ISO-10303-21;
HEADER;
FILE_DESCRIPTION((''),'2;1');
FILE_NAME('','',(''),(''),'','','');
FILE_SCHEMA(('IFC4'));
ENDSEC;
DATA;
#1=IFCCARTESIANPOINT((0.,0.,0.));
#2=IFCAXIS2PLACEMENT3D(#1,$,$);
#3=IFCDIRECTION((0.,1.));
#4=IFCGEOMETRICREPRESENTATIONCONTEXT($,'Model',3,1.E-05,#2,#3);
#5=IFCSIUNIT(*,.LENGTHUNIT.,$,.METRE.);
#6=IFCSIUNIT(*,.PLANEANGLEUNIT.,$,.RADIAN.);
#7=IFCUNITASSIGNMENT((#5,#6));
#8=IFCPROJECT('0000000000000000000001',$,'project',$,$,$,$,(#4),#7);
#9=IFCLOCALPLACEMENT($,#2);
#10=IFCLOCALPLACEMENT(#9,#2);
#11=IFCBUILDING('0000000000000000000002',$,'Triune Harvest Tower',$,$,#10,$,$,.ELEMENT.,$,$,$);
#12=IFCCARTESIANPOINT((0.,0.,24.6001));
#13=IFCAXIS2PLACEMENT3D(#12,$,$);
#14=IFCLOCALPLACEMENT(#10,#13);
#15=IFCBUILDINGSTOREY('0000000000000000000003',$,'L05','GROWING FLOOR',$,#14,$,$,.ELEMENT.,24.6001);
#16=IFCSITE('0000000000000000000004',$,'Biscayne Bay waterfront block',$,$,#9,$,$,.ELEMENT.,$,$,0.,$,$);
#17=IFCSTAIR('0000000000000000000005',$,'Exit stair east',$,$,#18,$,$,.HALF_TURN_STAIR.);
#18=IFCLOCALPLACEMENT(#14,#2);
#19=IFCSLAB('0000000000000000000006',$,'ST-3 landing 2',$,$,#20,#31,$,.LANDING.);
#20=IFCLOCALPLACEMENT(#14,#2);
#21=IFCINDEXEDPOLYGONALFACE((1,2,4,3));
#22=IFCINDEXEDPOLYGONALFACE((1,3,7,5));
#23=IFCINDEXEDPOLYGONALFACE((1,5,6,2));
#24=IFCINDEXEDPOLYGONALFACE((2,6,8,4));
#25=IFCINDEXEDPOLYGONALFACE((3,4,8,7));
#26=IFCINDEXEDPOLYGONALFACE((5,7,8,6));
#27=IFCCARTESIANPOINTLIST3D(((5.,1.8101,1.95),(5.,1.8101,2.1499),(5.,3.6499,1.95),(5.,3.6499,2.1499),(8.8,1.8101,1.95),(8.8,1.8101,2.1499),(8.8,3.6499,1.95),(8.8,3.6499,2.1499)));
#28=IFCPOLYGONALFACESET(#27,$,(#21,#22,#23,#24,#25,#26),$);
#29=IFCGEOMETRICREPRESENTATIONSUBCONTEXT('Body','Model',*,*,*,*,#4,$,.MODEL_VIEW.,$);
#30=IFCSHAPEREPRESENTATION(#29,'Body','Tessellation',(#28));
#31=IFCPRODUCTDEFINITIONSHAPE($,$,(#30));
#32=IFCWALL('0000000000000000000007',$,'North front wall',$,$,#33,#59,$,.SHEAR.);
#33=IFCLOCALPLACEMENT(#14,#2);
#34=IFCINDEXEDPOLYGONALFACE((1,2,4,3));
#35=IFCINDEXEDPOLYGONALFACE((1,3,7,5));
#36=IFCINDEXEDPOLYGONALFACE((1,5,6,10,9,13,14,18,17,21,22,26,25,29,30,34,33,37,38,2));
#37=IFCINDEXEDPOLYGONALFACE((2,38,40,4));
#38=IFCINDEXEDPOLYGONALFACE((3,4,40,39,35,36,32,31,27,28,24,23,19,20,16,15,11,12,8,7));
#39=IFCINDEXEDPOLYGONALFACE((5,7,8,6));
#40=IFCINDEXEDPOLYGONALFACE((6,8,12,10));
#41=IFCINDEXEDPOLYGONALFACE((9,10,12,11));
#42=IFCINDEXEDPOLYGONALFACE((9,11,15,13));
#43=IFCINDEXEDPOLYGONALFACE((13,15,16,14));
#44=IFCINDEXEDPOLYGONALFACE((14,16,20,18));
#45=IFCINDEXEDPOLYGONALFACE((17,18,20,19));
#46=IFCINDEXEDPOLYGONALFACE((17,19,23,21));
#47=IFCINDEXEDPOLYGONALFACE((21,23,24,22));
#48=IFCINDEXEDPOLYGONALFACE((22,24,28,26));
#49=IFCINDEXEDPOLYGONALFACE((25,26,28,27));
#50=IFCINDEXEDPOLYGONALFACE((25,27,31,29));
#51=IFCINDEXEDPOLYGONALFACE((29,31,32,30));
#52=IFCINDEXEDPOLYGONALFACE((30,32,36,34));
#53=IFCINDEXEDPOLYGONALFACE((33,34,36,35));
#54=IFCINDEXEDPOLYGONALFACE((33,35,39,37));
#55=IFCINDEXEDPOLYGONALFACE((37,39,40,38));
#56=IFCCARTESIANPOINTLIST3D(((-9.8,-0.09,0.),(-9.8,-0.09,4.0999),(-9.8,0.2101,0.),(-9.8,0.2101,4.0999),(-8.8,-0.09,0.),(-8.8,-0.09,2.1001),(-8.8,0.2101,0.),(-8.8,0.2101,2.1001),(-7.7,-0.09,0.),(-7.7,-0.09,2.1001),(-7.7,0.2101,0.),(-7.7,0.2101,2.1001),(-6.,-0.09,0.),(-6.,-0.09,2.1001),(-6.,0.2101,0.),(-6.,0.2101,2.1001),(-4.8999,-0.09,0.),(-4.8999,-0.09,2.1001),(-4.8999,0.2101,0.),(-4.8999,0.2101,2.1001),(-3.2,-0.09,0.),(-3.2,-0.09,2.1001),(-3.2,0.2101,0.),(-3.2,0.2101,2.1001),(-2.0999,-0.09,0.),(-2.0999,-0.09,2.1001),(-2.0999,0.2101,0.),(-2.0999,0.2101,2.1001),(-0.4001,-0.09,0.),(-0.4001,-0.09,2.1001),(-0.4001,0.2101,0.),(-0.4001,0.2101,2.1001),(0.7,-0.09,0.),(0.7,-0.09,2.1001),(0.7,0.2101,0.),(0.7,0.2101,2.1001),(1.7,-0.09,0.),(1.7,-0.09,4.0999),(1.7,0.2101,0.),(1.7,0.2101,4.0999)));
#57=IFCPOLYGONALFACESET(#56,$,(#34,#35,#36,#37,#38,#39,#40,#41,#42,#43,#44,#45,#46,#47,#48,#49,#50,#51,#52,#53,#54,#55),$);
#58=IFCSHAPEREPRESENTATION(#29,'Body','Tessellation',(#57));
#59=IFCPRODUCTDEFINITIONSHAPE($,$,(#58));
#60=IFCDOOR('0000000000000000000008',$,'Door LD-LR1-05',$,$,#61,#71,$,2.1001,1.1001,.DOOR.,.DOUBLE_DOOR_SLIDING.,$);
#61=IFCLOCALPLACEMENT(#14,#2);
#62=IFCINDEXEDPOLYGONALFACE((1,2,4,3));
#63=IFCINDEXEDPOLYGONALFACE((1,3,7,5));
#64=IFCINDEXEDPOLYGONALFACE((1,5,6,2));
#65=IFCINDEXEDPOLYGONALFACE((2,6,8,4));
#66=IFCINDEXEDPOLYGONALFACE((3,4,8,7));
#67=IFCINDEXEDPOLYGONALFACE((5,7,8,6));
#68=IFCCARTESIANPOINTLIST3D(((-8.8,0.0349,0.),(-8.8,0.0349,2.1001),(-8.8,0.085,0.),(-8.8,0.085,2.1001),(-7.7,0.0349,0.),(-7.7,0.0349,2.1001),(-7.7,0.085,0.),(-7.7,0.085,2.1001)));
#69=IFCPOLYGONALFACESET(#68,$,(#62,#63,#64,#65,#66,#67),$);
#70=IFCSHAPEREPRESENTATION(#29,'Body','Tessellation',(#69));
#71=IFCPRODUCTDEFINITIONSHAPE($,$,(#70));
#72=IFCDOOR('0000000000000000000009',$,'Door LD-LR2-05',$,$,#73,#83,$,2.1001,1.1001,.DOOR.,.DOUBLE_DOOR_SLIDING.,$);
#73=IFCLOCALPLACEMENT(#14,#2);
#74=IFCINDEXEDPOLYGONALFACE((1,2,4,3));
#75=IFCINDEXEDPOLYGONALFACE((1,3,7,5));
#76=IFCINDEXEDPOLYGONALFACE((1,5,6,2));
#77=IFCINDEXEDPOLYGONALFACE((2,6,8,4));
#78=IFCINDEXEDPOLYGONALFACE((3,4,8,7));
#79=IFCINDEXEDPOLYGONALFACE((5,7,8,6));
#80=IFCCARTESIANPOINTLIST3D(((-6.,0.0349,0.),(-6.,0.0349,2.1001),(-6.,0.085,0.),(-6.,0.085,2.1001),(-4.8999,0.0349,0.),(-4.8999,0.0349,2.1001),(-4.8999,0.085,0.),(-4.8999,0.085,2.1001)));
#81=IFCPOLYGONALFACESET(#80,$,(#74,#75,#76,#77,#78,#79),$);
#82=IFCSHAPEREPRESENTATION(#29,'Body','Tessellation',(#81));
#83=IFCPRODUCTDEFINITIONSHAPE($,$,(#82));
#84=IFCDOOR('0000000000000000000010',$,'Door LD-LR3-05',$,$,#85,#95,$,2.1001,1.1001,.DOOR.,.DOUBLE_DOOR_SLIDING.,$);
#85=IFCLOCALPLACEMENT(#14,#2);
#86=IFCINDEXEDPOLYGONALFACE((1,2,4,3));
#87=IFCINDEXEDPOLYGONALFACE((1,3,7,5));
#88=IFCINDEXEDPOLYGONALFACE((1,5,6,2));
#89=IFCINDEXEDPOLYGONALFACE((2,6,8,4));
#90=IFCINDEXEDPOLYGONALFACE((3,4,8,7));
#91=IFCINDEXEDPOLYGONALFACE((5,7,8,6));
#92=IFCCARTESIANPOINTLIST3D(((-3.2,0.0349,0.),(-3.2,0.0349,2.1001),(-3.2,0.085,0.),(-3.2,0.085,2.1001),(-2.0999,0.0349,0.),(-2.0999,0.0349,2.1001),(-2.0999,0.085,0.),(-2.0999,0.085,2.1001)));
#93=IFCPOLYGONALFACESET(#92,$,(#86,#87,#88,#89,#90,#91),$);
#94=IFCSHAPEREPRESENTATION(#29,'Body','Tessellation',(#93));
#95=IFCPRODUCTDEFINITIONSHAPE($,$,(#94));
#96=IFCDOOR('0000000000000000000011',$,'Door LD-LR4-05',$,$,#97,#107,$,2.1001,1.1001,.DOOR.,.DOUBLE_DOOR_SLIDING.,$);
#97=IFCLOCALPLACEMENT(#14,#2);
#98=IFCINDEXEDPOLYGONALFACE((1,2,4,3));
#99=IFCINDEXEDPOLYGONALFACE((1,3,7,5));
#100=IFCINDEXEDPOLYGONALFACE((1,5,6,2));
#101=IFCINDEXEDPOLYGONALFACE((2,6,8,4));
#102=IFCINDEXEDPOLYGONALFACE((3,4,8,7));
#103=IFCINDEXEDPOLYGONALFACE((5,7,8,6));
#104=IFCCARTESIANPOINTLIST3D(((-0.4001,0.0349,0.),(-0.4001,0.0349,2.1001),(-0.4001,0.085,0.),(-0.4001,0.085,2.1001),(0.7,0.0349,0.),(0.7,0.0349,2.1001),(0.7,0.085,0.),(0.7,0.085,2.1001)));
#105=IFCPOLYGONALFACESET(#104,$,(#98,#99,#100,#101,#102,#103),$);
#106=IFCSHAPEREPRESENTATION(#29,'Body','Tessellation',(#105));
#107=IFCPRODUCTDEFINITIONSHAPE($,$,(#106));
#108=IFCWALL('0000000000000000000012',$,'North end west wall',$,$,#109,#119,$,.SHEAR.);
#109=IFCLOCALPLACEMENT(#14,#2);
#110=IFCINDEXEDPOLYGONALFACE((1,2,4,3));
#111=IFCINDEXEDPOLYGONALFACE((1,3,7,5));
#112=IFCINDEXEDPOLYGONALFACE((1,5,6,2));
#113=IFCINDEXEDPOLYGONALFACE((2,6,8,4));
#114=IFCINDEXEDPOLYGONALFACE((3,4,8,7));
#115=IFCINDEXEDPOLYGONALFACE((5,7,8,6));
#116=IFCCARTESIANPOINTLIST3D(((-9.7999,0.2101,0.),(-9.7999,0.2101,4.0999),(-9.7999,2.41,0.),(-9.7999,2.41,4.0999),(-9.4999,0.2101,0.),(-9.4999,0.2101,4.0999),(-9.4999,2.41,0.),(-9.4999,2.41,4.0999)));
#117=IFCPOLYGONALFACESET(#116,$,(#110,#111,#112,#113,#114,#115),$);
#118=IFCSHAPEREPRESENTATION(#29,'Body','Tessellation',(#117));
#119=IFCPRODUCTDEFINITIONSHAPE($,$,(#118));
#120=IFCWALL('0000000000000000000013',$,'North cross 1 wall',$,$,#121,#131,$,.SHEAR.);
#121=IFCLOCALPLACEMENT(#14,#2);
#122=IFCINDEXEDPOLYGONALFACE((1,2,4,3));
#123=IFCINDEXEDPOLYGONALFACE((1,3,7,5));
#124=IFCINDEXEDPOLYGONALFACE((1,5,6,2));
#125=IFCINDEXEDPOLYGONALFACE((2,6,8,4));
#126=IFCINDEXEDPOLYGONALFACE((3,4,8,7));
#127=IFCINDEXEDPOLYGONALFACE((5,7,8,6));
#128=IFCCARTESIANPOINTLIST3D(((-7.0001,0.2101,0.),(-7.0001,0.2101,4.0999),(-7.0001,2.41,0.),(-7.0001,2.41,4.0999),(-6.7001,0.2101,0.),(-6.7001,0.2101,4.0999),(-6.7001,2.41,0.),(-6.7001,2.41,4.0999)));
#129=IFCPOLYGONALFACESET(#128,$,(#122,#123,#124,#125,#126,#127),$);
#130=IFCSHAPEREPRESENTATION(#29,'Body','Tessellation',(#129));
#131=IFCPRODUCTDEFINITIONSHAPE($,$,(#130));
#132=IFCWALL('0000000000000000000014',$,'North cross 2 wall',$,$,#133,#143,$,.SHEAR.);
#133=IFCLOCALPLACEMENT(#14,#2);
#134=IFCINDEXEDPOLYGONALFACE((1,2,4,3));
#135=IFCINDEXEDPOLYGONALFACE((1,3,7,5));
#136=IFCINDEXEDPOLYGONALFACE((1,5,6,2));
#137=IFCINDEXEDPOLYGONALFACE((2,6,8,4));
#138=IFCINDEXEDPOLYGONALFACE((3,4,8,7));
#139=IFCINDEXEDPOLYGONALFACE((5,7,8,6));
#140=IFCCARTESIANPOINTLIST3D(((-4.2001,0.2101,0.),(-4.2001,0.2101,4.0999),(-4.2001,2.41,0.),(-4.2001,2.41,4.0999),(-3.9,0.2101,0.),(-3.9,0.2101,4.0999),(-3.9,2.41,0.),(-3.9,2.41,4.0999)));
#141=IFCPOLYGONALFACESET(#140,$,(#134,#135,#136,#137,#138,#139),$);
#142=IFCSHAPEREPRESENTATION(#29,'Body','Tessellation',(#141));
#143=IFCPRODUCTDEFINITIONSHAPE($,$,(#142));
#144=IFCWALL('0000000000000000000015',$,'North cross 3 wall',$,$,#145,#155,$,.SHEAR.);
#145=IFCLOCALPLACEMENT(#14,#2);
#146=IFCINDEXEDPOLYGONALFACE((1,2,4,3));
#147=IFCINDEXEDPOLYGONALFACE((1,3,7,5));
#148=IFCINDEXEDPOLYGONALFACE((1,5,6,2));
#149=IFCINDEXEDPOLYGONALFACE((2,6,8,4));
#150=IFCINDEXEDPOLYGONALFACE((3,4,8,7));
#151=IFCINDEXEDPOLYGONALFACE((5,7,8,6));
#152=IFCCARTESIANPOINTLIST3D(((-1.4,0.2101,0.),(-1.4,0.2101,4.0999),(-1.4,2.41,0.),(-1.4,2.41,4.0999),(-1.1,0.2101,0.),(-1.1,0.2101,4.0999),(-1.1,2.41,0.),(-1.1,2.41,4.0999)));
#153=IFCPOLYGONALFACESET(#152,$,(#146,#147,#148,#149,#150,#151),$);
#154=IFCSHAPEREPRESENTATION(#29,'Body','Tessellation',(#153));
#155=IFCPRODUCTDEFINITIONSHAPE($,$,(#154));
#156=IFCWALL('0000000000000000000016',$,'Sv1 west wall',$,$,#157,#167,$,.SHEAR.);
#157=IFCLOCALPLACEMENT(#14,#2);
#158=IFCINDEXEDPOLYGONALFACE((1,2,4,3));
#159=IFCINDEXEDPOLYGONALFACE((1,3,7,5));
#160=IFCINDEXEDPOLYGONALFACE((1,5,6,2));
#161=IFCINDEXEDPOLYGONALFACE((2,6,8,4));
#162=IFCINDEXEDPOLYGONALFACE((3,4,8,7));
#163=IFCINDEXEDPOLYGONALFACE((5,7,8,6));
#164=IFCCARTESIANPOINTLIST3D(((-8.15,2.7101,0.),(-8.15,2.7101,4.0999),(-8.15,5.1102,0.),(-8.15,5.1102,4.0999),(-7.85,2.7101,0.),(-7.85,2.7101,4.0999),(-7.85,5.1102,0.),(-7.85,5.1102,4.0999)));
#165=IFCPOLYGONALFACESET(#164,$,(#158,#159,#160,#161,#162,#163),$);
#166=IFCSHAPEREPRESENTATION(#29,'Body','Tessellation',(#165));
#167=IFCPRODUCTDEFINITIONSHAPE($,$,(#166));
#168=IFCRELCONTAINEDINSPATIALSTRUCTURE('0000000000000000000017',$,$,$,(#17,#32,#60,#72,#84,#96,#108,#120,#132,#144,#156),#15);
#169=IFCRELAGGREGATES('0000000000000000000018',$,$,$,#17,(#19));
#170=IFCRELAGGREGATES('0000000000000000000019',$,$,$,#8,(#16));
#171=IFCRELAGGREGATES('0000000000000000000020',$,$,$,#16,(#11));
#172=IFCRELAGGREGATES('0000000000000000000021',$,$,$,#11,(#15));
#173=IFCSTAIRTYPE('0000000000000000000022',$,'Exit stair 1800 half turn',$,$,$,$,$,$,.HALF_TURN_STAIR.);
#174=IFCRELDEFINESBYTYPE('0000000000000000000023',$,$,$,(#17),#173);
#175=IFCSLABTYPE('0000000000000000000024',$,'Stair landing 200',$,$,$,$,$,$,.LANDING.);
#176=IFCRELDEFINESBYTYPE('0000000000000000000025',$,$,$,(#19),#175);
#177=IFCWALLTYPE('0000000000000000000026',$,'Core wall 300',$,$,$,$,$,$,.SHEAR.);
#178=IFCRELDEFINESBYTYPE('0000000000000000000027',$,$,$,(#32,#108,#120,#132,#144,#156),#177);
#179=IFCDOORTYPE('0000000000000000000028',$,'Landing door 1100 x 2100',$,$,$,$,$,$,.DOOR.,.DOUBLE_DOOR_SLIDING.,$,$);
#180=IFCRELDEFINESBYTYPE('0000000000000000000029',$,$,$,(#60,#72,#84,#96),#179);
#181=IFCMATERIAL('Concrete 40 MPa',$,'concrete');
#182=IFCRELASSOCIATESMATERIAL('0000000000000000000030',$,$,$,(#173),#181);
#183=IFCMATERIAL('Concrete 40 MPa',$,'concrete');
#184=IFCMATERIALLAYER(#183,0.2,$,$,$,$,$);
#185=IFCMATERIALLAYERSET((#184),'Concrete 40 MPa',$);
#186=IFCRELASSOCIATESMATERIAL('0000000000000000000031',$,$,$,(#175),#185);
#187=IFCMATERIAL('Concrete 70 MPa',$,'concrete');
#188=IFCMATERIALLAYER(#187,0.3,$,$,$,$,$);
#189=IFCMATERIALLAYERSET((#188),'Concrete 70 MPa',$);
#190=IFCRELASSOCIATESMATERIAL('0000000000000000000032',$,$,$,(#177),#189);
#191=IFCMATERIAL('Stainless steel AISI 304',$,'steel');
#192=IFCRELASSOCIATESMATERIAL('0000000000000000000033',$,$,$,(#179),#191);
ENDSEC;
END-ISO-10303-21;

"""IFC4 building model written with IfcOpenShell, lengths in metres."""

from ifc_helpers import new_model, si_unit, direction, frame, frame_2d, origin, place, context, subcontext, project, spatial, polyline, rectangle, outline, extrude, source, transform, mapped, material, layer, layer_set, type_object, element, fill, aggregate, save


model = new_model("IFC4")

# Units and contexts
model_context = context("Model", 3, precision=1e-05, world=origin(), true_north=direction((0.0, 1.0)))
body_context = subcontext(model_context, "Body", "Model", "MODEL_VIEW")
ifc_project = project(units=[si_unit("LENGTHUNIT", "METRE"), si_unit("PLANEANGLEUNIT", "RADIAN")], contexts=[model_context])

# Site, building, storey
site_placement = place(None, origin())
site = spatial("IfcSite", under=ifc_project, at=site_placement, Name="Biscayne Bay waterfront block", CompositionType="ELEMENT", RefElevation=0.0)
building_placement = place(site_placement, origin())
building = spatial("IfcBuilding", under=site, at=building_placement, Name="Triune Harvest Tower", CompositionType="ELEMENT")
storey_placement = place(building_placement, frame((0.0, 0.0, 24.6001)))
storey = spatial("IfcBuildingStorey", under=building, at=storey_placement, Name="L05", Description="GROWING FLOOR", CompositionType="ELEMENT", Elevation=24.6001)

# Stair, slab
ifc_material_1 = material(Name="Concrete 40 MPa", Category="concrete")
stair_type = type_object("IfcStairType", Name="Exit stair 1800 half turn", PredefinedType="HALF_TURN_STAIR", material=ifc_material_1)
stair_placement = place(storey_placement, origin())
stair = element("IfcStair", 1, at=stair_placement, inside=storey, type_object=stair_type, Name="Exit stair east", PredefinedType="HALF_TURN_STAIR")
ifc_material_2 = material(Name="Concrete 40 MPa", Category="concrete")
ifc_layer_1 = layer(ifc_material_2, 0.2)
ifc_layer_set_1 = layer_set([ifc_layer_1], Name="Concrete 40 MPa")
slab_type = type_object("IfcSlabType", Name="Stair landing 200", PredefinedType="LANDING", material=ifc_layer_set_1)
shared_shape_1 = source(origin(), body_context, "Body", "SweptSolid", [
    extrude(outline(polyline([(8.8, 1.8101), (8.8, 3.6499), (5.0, 3.6499), (5.0, 1.8101), (8.8, 1.8101)])), origin(), (0.0, 0.0, 1.0), 0.2),
])
slab_placement = place(storey_placement, frame((0.0, 0.0, 1.95)))
slab = element("IfcSlab", 2, at=slab_placement, type_object=slab_type, Name="ST-3 landing 2", PredefinedType="LANDING", context=body_context, shape_type="MappedRepresentation", body=[
    mapped(shared_shape_1, transform((0.0, 0.0, 0.0), scale=1.0)),
])
aggregate(stair, [slab])

# Wall, openings, doors
ifc_material_3 = material(Name="Concrete 70 MPa", Category="concrete")
ifc_layer_2 = layer(ifc_material_3, 0.3)
ifc_layer_set_2 = layer_set([ifc_layer_2], Name="Concrete 70 MPa")
wall_type = type_object("IfcWallType", Name="Core wall 300", PredefinedType="SHEAR", material=ifc_layer_set_2)
shared_shape_2 = source(origin(), body_context, "Body", "SweptSolid", [
    extrude(rectangle(XDim=11.5, YDim=0.3, at=frame_2d((5.75, 0.0))), origin(), (0.0, 0.0, 1.0), 4.0999),
])
wall_1_placement = place(storey_placement, frame((-9.8, 0.0601, 0.0), z_axis=(0.0, 0.0, 1.0), x_axis=(1.0, 0.0, 0.0)))
wall_1 = element("IfcWall", 3, at=wall_1_placement, inside=storey, type_object=wall_type, Name="North front wall", PredefinedType="SHEAR", context=body_context, shape_type="MappedRepresentation", body=[
    mapped(shared_shape_2, transform((0.0, 0.0, 0.0), scale=1.0)),
])
opening_1_placement = place(wall_1_placement, frame((1.0, 0.0, 0.0)))
opening_1 = element("IfcOpeningElement", 4, at=opening_1_placement, cuts=wall_1, PredefinedType="OPENING", context=body_context, shape_type="SweptSolid", body=[
    extrude(rectangle(XDim=1.1001, YDim=2.1001, at=frame_2d((0.55, 1.05))), frame((0.0, 0.1602, 0.0), z_axis=(0.0, -1.0, 0.0), x_axis=(1.0, 0.0, 0.0)), (0.0, 0.0, 1.0), 0.3201),
])
opening_2_placement = place(wall_1_placement, frame((3.8, 0.0, 0.0)))
opening_2 = element("IfcOpeningElement", 5, at=opening_2_placement, cuts=wall_1, PredefinedType="OPENING", context=body_context, shape_type="SweptSolid", body=[
    extrude(rectangle(XDim=1.1001, YDim=2.1001, at=frame_2d((0.55, 1.05))), frame((0.0, 0.1602, 0.0), z_axis=(0.0, -1.0, 0.0), x_axis=(1.0, 0.0, 0.0)), (0.0, 0.0, 1.0), 0.3201),
])
opening_3_placement = place(wall_1_placement, frame((6.6001, 0.0, 0.0)))
opening_3 = element("IfcOpeningElement", 6, at=opening_3_placement, cuts=wall_1, PredefinedType="OPENING", context=body_context, shape_type="SweptSolid", body=[
    extrude(rectangle(XDim=1.1001, YDim=2.1001, at=frame_2d((0.55, 1.05))), frame((0.0, 0.1602, 0.0), z_axis=(0.0, -1.0, 0.0), x_axis=(1.0, 0.0, 0.0)), (0.0, 0.0, 1.0), 0.3201),
])
opening_4_placement = place(wall_1_placement, frame((9.3999, 0.0, 0.0)))
opening_4 = element("IfcOpeningElement", 7, at=opening_4_placement, cuts=wall_1, PredefinedType="OPENING", context=body_context, shape_type="SweptSolid", body=[
    extrude(rectangle(XDim=1.1001, YDim=2.1001, at=frame_2d((0.55, 1.05))), frame((0.0, 0.1602, 0.0), z_axis=(0.0, -1.0, 0.0), x_axis=(1.0, 0.0, 0.0)), (0.0, 0.0, 1.0), 0.3201),
])
ifc_material_4 = material(Name="Stainless steel AISI 304", Category="steel")
door_type = type_object("IfcDoorType", Name="Landing door 1100 x 2100", OperationType="DOUBLE_DOOR_SLIDING", PredefinedType="DOOR", material=ifc_material_4)
door_1_placement = place(opening_1_placement, origin())
door_1 = element("IfcDoor", 8, at=door_1_placement, inside=storey, type_object=door_type, Name="Door LD-LR1-05", OperationType="DOUBLE_DOOR_SLIDING", OverallHeight=2.1001, OverallWidth=1.1001, PredefinedType="DOOR", context=body_context, shape_type="SweptSolid", body=[
    extrude(rectangle(XDim=1.1001, YDim=2.1001, at=frame_2d((0.55, 1.05))), frame((0.0, 0.0249, 0.0), z_axis=(0.0, -1.0, 0.0), x_axis=(1.0, 0.0, 0.0)), (0.0, 0.0, 1.0), 0.05),
])
fill(opening_1, door_1)
door_2_placement = place(opening_2_placement, origin())
door_2 = element("IfcDoor", 9, at=door_2_placement, inside=storey, type_object=door_type, Name="Door LD-LR2-05", OperationType="DOUBLE_DOOR_SLIDING", OverallHeight=2.1001, OverallWidth=1.1001, PredefinedType="DOOR", context=body_context, shape_type="SweptSolid", body=[
    extrude(rectangle(XDim=1.1001, YDim=2.1001, at=frame_2d((0.55, 1.05))), frame((0.0, 0.0249, 0.0), z_axis=(0.0, -1.0, 0.0), x_axis=(1.0, 0.0, 0.0)), (0.0, 0.0, 1.0), 0.05),
])
fill(opening_2, door_2)
door_3_placement = place(opening_3_placement, origin())
door_3 = element("IfcDoor", 10, at=door_3_placement, inside=storey, type_object=door_type, Name="Door LD-LR3-05", OperationType="DOUBLE_DOOR_SLIDING", OverallHeight=2.1001, OverallWidth=1.1001, PredefinedType="DOOR", context=body_context, shape_type="SweptSolid", body=[
    extrude(rectangle(XDim=1.1001, YDim=2.1001, at=frame_2d((0.55, 1.05))), frame((0.0, 0.0249, 0.0), z_axis=(0.0, -1.0, 0.0), x_axis=(1.0, 0.0, 0.0)), (0.0, 0.0, 1.0), 0.05),
])
fill(opening_3, door_3)
door_4_placement = place(opening_4_placement, origin())
door_4 = element("IfcDoor", 11, at=door_4_placement, inside=storey, type_object=door_type, Name="Door LD-LR4-05", OperationType="DOUBLE_DOOR_SLIDING", OverallHeight=2.1001, OverallWidth=1.1001, PredefinedType="DOOR", context=body_context, shape_type="SweptSolid", body=[
    extrude(rectangle(XDim=1.1001, YDim=2.1001, at=frame_2d((0.55, 1.05))), frame((0.0, 0.0249, 0.0), z_axis=(0.0, -1.0, 0.0), x_axis=(1.0, 0.0, 0.0)), (0.0, 0.0, 1.0), 0.05),
])
fill(opening_4, door_4)

# Walls
shared_shape_3 = source(origin(), body_context, "Body", "SweptSolid", [
    extrude(rectangle(XDim=2.2, YDim=0.3, at=frame_2d((1.1001, 0.0))), origin(), (0.0, 0.0, 1.0), 4.0999),
])
for number, where, z_axis, x_axis, name in (
    (12, (-9.6499, 0.21, 0.0), (0.0, 0.0, 1.0), (0.0, 1.0, 0.0), "North end west wall"),
    (13, (-6.8501, 0.21, 0.0), (0.0, 0.0, 1.0), (0.0, 1.0, 0.0), "North cross 1 wall"),
    (14, (-4.05, 0.21, 0.0), (0.0, 0.0, 1.0), (0.0, 1.0, 0.0), "North cross 2 wall"),
    (15, (-1.25, 0.21, 0.0), (0.0, 0.0, 1.0), (0.0, 1.0, 0.0), "North cross 3 wall"),
):
    element("IfcWall", number, at=place(storey_placement, frame(where, z_axis=z_axis, x_axis=x_axis)), inside=storey, type_object=wall_type, Name=name, PredefinedType="SHEAR", context=body_context, shape_type="MappedRepresentation", body=[
        mapped(shared_shape_3, transform((0.0, 0.0, 0.0), scale=1.0)),
    ])
shared_shape_4 = source(origin(), body_context, "Body", "SweptSolid", [
    extrude(rectangle(XDim=2.4001, YDim=0.3, at=frame_2d((1.2002, 0.0))), origin(), (0.0, 0.0, 1.0), 4.0999),
])
wall_2_placement = place(storey_placement, frame((-8.0, 2.71, 0.0), z_axis=(0.0, 0.0, 1.0), x_axis=(0.0, 1.0, 0.0)))
element("IfcWall", 16, at=wall_2_placement, inside=storey, type_object=wall_type, Name="Sv1 west wall", PredefinedType="SHEAR", context=body_context, shape_type="MappedRepresentation", body=[
    mapped(shared_shape_4, transform((0.0, 0.0, 0.0), scale=1.0)),
])

save(model, "model.ifc")
